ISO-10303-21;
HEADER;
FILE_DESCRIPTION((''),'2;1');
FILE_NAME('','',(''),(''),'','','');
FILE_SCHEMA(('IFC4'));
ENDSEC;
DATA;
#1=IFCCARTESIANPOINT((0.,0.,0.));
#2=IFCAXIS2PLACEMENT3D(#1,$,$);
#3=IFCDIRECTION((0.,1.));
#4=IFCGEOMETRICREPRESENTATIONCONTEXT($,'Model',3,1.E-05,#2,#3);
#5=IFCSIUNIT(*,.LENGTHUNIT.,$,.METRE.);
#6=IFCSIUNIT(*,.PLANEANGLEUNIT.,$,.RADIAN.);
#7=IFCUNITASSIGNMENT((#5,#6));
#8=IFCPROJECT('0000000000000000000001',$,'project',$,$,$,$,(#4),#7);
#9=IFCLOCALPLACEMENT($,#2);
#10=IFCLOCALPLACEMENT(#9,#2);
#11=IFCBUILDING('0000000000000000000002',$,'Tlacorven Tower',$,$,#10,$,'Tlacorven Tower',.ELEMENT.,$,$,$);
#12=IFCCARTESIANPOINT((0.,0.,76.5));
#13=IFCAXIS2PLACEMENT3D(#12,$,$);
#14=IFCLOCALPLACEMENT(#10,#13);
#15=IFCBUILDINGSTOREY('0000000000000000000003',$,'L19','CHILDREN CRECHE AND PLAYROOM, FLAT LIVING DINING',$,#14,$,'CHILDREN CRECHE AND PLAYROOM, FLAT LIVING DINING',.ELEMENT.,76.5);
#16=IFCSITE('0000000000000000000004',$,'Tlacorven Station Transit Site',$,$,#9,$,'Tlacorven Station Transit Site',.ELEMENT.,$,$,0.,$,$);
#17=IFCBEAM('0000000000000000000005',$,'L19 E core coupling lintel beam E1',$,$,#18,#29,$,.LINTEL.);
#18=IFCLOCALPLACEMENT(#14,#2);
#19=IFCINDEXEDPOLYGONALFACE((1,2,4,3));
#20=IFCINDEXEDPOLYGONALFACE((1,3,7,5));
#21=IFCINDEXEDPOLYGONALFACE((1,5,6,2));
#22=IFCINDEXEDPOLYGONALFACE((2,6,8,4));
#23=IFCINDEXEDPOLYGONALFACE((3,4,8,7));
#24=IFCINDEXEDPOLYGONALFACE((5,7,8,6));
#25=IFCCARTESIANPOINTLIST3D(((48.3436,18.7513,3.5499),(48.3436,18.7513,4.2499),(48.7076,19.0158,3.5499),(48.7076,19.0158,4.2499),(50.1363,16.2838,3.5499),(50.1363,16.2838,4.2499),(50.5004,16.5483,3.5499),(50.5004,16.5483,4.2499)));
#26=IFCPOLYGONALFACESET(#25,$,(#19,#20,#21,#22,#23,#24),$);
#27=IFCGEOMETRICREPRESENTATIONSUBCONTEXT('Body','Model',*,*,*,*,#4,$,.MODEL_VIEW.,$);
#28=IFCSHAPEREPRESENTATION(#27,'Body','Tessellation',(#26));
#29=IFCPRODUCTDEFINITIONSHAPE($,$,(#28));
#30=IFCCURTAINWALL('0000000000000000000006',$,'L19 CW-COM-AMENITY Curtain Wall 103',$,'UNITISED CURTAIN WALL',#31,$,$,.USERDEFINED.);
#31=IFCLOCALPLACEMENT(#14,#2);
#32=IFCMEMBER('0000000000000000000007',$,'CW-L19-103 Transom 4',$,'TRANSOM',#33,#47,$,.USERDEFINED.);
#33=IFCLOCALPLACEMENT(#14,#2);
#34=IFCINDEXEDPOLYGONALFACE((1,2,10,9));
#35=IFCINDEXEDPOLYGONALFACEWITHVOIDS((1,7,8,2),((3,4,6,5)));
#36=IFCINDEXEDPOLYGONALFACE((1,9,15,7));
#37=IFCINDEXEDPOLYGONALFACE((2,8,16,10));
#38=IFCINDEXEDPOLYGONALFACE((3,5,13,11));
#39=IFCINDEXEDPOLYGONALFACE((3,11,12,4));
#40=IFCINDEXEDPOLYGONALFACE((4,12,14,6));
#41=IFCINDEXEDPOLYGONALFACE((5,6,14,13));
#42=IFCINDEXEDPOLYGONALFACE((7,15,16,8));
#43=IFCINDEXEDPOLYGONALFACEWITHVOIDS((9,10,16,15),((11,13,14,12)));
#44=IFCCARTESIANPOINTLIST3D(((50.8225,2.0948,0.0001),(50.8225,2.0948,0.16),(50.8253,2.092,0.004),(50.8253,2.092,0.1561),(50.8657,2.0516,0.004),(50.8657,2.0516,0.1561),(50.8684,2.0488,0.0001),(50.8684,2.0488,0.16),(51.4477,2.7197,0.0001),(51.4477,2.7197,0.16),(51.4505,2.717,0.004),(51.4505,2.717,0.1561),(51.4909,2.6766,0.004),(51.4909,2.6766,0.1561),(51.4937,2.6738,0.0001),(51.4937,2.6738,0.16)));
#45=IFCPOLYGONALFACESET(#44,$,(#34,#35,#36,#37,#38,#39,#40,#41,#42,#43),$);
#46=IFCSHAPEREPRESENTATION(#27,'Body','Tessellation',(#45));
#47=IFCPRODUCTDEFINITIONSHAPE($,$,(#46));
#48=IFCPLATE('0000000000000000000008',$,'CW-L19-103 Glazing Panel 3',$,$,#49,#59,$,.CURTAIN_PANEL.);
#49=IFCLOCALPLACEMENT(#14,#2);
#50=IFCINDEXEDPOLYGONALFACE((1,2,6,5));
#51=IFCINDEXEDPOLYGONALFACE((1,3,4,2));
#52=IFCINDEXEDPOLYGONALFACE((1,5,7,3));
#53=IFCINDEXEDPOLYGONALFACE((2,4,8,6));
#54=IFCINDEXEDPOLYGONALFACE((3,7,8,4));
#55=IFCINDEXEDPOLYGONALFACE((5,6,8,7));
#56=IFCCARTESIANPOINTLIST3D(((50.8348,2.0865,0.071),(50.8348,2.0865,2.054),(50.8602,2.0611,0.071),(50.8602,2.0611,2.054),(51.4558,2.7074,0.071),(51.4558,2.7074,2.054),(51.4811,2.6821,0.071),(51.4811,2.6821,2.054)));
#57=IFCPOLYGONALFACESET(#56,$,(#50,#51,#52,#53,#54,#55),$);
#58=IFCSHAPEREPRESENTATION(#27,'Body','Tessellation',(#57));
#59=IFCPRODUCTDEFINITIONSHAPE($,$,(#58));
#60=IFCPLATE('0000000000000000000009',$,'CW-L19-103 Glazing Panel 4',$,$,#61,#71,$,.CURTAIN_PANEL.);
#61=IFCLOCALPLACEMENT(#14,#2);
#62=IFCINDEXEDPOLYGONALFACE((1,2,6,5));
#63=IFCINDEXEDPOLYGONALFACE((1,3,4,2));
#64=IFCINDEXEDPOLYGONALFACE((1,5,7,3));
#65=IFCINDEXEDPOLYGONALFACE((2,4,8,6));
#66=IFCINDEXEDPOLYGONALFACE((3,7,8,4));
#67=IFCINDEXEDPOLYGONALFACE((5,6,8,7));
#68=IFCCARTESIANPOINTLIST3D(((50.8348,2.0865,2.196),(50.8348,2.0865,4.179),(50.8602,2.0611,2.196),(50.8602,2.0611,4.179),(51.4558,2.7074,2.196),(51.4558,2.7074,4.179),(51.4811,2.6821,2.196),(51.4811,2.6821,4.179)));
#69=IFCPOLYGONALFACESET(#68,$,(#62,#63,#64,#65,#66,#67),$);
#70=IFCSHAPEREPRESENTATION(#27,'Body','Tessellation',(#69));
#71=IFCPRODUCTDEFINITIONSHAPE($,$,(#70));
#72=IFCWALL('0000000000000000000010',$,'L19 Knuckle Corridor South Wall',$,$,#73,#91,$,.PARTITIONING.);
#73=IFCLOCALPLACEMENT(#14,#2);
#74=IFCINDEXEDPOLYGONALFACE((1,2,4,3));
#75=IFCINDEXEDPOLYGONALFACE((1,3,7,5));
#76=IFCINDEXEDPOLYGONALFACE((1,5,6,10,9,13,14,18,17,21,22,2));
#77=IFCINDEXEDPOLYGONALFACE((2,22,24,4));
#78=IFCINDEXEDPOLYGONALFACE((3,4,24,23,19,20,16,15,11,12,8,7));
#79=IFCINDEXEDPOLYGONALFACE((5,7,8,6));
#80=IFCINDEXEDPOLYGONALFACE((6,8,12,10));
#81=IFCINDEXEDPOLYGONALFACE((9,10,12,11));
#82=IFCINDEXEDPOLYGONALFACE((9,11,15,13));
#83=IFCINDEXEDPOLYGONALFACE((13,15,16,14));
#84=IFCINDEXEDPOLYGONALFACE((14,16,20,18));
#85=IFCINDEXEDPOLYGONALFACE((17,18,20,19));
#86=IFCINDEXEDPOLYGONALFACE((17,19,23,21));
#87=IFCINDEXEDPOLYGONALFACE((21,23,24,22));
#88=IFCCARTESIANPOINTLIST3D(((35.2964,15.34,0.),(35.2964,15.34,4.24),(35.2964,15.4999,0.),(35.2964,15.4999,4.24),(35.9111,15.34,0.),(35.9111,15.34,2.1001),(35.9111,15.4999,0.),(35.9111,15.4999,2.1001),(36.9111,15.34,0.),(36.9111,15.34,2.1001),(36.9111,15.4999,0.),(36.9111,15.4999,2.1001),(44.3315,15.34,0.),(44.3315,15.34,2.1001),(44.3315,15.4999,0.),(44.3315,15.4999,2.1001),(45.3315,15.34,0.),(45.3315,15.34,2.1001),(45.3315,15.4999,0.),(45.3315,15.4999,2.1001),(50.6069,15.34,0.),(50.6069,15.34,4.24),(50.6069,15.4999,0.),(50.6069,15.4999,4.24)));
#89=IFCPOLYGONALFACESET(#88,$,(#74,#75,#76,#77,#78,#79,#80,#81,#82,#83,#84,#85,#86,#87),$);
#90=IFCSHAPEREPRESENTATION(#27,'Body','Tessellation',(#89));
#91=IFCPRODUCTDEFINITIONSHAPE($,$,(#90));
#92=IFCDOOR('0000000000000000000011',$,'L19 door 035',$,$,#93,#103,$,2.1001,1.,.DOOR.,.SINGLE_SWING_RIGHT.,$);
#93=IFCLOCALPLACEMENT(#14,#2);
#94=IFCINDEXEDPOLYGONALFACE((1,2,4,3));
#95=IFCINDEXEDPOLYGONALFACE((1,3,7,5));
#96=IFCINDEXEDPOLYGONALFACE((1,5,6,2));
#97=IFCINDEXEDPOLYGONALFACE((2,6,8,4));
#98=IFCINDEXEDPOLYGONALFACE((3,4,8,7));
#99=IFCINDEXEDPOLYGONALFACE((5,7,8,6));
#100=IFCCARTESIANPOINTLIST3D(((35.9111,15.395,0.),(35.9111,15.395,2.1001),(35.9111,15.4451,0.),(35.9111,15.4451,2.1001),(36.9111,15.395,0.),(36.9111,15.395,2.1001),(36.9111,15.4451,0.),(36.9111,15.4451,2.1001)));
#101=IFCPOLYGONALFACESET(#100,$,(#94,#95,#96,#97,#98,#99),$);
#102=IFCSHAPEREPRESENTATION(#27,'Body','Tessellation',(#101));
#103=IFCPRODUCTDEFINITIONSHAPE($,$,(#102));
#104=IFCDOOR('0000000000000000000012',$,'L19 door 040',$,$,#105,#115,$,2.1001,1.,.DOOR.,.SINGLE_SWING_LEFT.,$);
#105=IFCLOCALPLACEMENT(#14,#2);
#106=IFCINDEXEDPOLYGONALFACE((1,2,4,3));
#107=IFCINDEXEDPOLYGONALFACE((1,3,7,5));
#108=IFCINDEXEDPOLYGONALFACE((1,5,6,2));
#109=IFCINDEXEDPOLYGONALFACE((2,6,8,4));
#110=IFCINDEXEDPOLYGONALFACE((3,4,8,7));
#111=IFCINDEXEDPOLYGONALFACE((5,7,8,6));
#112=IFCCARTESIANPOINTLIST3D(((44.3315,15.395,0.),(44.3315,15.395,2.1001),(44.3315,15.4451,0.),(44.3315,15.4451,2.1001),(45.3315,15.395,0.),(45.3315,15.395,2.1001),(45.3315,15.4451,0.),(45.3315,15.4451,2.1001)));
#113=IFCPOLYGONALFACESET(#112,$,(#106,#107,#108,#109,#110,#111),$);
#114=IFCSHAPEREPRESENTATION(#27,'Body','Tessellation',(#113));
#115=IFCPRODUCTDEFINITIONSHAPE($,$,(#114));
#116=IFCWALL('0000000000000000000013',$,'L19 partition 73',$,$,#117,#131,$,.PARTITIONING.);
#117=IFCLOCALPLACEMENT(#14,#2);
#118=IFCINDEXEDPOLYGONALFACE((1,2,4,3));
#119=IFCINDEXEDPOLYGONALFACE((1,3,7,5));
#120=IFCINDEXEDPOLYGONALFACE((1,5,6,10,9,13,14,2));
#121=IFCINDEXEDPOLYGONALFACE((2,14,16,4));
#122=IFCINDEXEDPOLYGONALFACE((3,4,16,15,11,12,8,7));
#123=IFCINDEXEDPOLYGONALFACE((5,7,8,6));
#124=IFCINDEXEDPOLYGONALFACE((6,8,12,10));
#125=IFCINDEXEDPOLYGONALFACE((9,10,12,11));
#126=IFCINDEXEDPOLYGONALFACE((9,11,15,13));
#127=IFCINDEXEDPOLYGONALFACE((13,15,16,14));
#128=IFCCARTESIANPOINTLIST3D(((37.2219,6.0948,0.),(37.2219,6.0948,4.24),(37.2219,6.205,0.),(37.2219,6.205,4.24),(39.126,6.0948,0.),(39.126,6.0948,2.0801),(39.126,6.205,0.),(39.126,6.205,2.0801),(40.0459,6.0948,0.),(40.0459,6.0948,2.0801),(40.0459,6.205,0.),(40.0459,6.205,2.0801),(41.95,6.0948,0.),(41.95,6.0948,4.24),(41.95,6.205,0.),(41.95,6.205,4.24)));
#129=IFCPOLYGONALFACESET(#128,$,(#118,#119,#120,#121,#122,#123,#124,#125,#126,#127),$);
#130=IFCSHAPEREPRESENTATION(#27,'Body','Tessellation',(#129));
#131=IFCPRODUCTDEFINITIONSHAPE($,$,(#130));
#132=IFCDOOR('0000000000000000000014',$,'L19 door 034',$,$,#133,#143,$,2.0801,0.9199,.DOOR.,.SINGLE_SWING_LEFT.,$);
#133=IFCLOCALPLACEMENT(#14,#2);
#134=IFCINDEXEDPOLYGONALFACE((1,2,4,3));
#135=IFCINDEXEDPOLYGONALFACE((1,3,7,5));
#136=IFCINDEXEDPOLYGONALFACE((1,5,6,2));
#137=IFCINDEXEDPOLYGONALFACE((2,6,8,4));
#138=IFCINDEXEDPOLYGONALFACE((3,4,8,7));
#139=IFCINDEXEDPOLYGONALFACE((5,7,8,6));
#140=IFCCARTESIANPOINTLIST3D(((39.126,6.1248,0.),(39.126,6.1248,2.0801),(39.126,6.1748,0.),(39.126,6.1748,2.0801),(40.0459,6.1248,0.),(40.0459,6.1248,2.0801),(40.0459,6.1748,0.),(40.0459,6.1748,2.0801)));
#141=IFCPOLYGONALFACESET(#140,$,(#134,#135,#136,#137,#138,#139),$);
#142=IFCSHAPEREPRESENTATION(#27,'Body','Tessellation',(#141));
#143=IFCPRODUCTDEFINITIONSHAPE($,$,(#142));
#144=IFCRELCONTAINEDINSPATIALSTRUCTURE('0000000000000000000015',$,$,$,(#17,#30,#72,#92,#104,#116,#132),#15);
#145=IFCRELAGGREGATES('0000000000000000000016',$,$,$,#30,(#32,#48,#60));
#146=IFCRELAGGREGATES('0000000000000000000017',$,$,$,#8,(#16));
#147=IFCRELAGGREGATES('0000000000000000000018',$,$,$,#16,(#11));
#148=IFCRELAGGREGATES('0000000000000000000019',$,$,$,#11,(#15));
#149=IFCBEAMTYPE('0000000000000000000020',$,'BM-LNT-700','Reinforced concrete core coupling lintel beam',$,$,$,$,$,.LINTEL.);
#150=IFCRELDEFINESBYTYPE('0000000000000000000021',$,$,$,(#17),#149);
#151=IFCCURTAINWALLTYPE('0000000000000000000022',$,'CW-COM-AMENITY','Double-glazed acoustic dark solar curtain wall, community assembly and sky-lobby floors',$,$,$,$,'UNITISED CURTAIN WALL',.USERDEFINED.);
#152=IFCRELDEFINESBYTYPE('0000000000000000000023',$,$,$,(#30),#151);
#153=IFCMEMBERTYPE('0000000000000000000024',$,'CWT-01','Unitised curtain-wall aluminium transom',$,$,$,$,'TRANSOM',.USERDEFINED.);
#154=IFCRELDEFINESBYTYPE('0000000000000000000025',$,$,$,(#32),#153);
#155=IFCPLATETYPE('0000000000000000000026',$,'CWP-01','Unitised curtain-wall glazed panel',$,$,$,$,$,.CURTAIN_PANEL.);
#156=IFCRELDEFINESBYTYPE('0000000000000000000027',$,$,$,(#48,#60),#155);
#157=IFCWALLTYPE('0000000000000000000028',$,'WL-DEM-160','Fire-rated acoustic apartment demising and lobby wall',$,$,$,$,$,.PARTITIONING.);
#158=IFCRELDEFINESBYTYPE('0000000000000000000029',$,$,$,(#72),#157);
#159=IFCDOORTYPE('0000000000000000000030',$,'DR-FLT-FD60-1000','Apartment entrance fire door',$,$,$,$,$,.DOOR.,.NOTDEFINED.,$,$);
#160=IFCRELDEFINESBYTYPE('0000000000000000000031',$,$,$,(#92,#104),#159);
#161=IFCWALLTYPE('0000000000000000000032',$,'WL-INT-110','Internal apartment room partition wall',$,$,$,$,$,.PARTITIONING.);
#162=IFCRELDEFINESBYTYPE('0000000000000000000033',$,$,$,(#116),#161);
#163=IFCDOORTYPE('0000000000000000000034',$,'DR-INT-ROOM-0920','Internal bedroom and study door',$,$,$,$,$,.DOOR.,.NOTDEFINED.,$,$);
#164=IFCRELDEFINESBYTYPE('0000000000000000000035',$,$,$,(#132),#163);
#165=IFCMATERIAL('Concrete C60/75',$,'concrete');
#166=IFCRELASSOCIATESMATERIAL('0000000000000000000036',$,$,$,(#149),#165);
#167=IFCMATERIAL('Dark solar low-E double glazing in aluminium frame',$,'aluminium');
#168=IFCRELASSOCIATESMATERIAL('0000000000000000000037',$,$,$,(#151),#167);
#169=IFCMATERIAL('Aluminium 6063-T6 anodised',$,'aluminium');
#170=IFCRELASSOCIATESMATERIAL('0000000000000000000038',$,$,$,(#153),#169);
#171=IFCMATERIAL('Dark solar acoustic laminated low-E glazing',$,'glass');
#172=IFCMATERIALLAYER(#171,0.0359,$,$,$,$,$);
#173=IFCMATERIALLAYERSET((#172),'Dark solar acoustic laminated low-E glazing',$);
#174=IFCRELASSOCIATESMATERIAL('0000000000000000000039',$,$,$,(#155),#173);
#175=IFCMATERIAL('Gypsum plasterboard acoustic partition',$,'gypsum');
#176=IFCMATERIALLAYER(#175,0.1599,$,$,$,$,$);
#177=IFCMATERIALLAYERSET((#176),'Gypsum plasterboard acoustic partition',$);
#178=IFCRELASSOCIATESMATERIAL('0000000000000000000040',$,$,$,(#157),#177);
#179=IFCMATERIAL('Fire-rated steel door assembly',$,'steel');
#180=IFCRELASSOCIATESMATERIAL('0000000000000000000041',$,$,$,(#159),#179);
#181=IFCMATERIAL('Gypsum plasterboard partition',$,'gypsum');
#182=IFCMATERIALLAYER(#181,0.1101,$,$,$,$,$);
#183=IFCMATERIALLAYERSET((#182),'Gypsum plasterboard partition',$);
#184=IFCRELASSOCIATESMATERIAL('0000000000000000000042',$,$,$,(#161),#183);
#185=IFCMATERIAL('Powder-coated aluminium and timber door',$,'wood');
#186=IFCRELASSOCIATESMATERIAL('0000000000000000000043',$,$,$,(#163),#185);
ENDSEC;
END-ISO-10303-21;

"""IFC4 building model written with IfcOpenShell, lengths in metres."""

from ifc_helpers import new_model, si_unit, direction, frame, frame_2d, origin, origin_2d, place, context, subcontext, project, spatial, rectangle, hollow_rectangle, extrude, source, transform, mapped, material, layer, layer_set, material_profile, profile_set, type_object, element, fill, aggregate, save


model = new_model("IFC4")

# Units and contexts
model_context = context("Model", 3, precision=1e-05, world=origin(), true_north=direction((0.0, 1.0)))
body_context = subcontext(model_context, "Body", "Model", "MODEL_VIEW")
ifc_project = project(units=[si_unit("LENGTHUNIT", "METRE"), si_unit("PLANEANGLEUNIT", "RADIAN")], contexts=[model_context])

# Site, building, storey
site_placement = place(None, origin())
site = spatial("IfcSite", under=ifc_project, at=site_placement, Name="Tlacorven Station Transit Site", LongName="Tlacorven Station Transit Site", CompositionType="ELEMENT", RefElevation=0.0)
building_placement = place(site_placement, origin())
building = spatial("IfcBuilding", under=site, at=building_placement, Name="Tlacorven Tower", LongName="Tlacorven Tower", CompositionType="ELEMENT")
storey_placement = place(building_placement, frame((0.0, 0.0, 76.5)))
storey = spatial("IfcBuildingStorey", under=building, at=storey_placement, Name="L19", Description="CHILDREN CRECHE AND PLAYROOM, FLAT LIVING DINING", LongName="CHILDREN CRECHE AND PLAYROOM, FLAT LIVING DINING", CompositionType="ELEMENT", Elevation=76.5)

# Beam
ifc_material_1 = material(Name="Concrete C60/75", Category="concrete")
ifc_material_profile_1 = material_profile(ifc_material_1, rectangle(XDim=0.45, YDim=0.7, at=origin_2d()), Name="RC 450X700")
ifc_profile_set_1 = profile_set([ifc_material_profile_1], Name="Concrete C60/75")
beam_type = type_object("IfcBeamType", Name="BM-LNT-700", Description="Reinforced concrete core coupling lintel beam", PredefinedType="LINTEL", material=ifc_profile_set_1)
shared_shape_1 = source(origin(), body_context, "Body", "SweptSolid", [
    extrude(rectangle(XDim=0.45, YDim=0.7, at=origin_2d()), origin(), (0.0, 0.0, 1.0), 3.05),
])
beam_placement = place(storey_placement, frame((50.3184, 16.416, 3.8999), z_axis=(-0.587777, 0.809023, 0.0), x_axis=(-0.809023, -0.587777, 0.0)))
element("IfcBeam", 1, at=beam_placement, inside=storey, type_object=beam_type, Name="L19 E core coupling lintel beam E1", PredefinedType="LINTEL", context=body_context, shape_type="MappedRepresentation", body=[
    mapped(shared_shape_1, transform((0.0, 0.0, 0.0), scale=1.0)),
])

# Curtain wall, member, plates
ifc_material_2 = material(Name="Dark solar low-E double glazing in aluminium frame", Category="aluminium")
curtain_wall_type = type_object("IfcCurtainWallType", Name="CW-COM-AMENITY", Description="Double-glazed acoustic dark solar curtain wall, community assembly and sky-lobby floors", ElementType="UNITISED CURTAIN WALL", PredefinedType="USERDEFINED", material=ifc_material_2)
curtain_wall_placement = place(storey_placement, origin())
curtain_wall = element("IfcCurtainWall", 2, at=curtain_wall_placement, inside=storey, type_object=curtain_wall_type, Name="L19 CW-COM-AMENITY Curtain Wall 103", ObjectType="UNITISED CURTAIN WALL", PredefinedType="USERDEFINED")
ifc_material_3 = material(Name="Aluminium 6063-T6 anodised", Category="aluminium")
ifc_material_profile_2 = material_profile(ifc_material_3, hollow_rectangle(XDim=0.0649, YDim=0.1599, WallThickness=0.0039, at=origin_2d()), Name="ALU TRANSOM 65X160")
ifc_profile_set_2 = profile_set([ifc_material_profile_2], Name="Aluminium 6063-T6 anodised")
member_type = type_object("IfcMemberType", Name="CWT-01", Description="Unitised curtain-wall aluminium transom", ElementType="TRANSOM", PredefinedType="USERDEFINED", material=ifc_profile_set_2)
shared_shape_2 = source(origin(), body_context, "Body", "SweptSolid", [
    extrude(hollow_rectangle(XDim=0.0649, YDim=0.1599, WallThickness=0.0039, at=origin_2d()), origin(), (0.0, 0.0, 1.0), 0.884),
])
member_placement = place(storey_placement, frame((51.4707, 2.6968, 0.0801), z_axis=(-0.707245, -0.706969, 0.0), x_axis=(0.706969, -0.707245, 0.0)))
member = element("IfcMember", 3, at=member_placement, type_object=member_type, Name="CW-L19-103 Transom 4", ObjectType="TRANSOM", PredefinedType="USERDEFINED", context=body_context, shape_type="MappedRepresentation", body=[
    mapped(shared_shape_2, transform((0.0, 0.0, 0.0), scale=1.0)),
])
ifc_material_4 = material(Name="Dark solar acoustic laminated low-E glazing", Category="glass")
ifc_layer_1 = layer(ifc_material_4, 0.0359)
ifc_layer_set_1 = layer_set([ifc_layer_1], Name="Dark solar acoustic laminated low-E glazing")
plate_type = type_object("IfcPlateType", Name="CWP-01", Description="Unitised curtain-wall glazed panel", PredefinedType="CURTAIN_PANEL", material=ifc_layer_set_1)
shared_shape_3 = source(origin(), body_context, "Body", "SweptSolid", [
    extrude(rectangle(XDim=0.8782, YDim=0.0359, at=origin_2d()), origin(), (0.0, 0.0, 1.0), 1.9829),
])
plate_1_placement = place(storey_placement, frame((51.158, 2.3843, 0.071), z_axis=(0.0, 0.0, 1.0), x_axis=(-0.707107, -0.707107, 0.0)))
plate_1 = element("IfcPlate", 4, at=plate_1_placement, type_object=plate_type, Name="CW-L19-103 Glazing Panel 3", PredefinedType="CURTAIN_PANEL", context=body_context, shape_type="MappedRepresentation", body=[
    mapped(shared_shape_3, transform((0.0, 0.0, 0.0), scale=1.0)),
])
plate_2_placement = place(storey_placement, frame((51.158, 2.3843, 2.196), z_axis=(0.0, 0.0, 1.0), x_axis=(-0.707107, -0.707107, 0.0)))
plate_2 = element("IfcPlate", 5, at=plate_2_placement, type_object=plate_type, Name="CW-L19-103 Glazing Panel 4", PredefinedType="CURTAIN_PANEL", context=body_context, shape_type="MappedRepresentation", body=[
    mapped(shared_shape_3, transform((0.0, 0.0, 0.0), scale=1.0)),
])
aggregate(curtain_wall, [member, plate_1, plate_2])

# Wall, openings, doors
ifc_material_5 = material(Name="Gypsum plasterboard acoustic partition", Category="gypsum")
ifc_layer_2 = layer(ifc_material_5, 0.1599)
ifc_layer_set_2 = layer_set([ifc_layer_2], Name="Gypsum plasterboard acoustic partition")
wall_type_1 = type_object("IfcWallType", Name="WL-DEM-160", Description="Fire-rated acoustic apartment demising and lobby wall", PredefinedType="PARTITIONING", material=ifc_layer_set_2)
wall_1_placement = place(storey_placement, frame((35.2964, 15.4199, 0.0), z_axis=(0.0, 0.0, 1.0), x_axis=(1.0, 0.0, 0.0)))
wall_1 = element("IfcWall", 6, at=wall_1_placement, inside=storey, type_object=wall_type_1, Name="L19 Knuckle Corridor South Wall", PredefinedType="PARTITIONING", context=body_context, shape_type="SweptSolid", body=[
    extrude(rectangle(XDim=15.3105, YDim=0.1599, at=frame_2d((7.6553, 0.0))), origin(), (0.0, 0.0, 1.0), 4.24),
])
opening_1_placement = place(wall_1_placement, frame((0.6147, 0.0, 0.0)))
opening_1 = element("IfcOpeningElement", 7, at=opening_1_placement, cuts=wall_1, PredefinedType="OPENING", context=body_context, shape_type="SweptSolid", body=[
    extrude(rectangle(XDim=1.0, YDim=2.1001, at=frame_2d((0.5, 1.05))), frame((0.0, 0.0898, 0.0), z_axis=(0.0, -1.0, 0.0), x_axis=(1.0, 0.0, 0.0)), (0.0, 0.0, 1.0), 0.1799),
])
opening_2_placement = place(wall_1_placement, frame((9.0352, 0.0, 0.0)))
opening_2 = element("IfcOpeningElement", 8, at=opening_2_placement, cuts=wall_1, PredefinedType="OPENING", context=body_context, shape_type="SweptSolid", body=[
    extrude(rectangle(XDim=1.0, YDim=2.1001, at=frame_2d((0.5, 1.05))), frame((0.0, 0.0898, 0.0), z_axis=(0.0, -1.0, 0.0), x_axis=(1.0, 0.0, 0.0)), (0.0, 0.0, 1.0), 0.1799),
])
ifc_material_6 = material(Name="Fire-rated steel door assembly", Category="steel")
door_type_1 = type_object("IfcDoorType", Name="DR-FLT-FD60-1000", Description="Apartment entrance fire door", OperationType="NOTDEFINED", PredefinedType="DOOR", material=ifc_material_6)
shared_shape_4 = source(origin(), body_context, "Body", "SweptSolid", [
    extrude(rectangle(XDim=1.0, YDim=2.1001, at=frame_2d((0.5, 1.05))), frame((0.0, 0.0249, 0.0), z_axis=(0.0, -1.0, 0.0), x_axis=(1.0, 0.0, 0.0)), (0.0, 0.0, 1.0), 0.05),
])
door_1_placement = place(opening_1_placement, frame((1.0, 0.0, 0.0), z_axis=(0.0, 0.0, 1.0), x_axis=(-1.0, 0.0, 0.0)))
door_1 = element("IfcDoor", 9, at=door_1_placement, inside=storey, type_object=door_type_1, Name="L19 door 035", OperationType="SINGLE_SWING_RIGHT", OverallHeight=2.1001, OverallWidth=1.0, PredefinedType="DOOR", context=body_context, shape_type="MappedRepresentation", body=[
    mapped(shared_shape_4, transform((0.0, 0.0, 0.0), scale=1.0)),
])
fill(opening_1, door_1)
door_2_placement = place(opening_2_placement, frame((1.0, 0.0, 0.0), z_axis=(0.0, 0.0, 1.0), x_axis=(-1.0, 0.0, 0.0)))
door_2 = element("IfcDoor", 10, at=door_2_placement, inside=storey, type_object=door_type_1, Name="L19 door 040", OperationType="SINGLE_SWING_LEFT", OverallHeight=2.1001, OverallWidth=1.0, PredefinedType="DOOR", context=body_context, shape_type="MappedRepresentation", body=[
    mapped(shared_shape_4, transform((0.0, 0.0, 0.0), scale=1.0)),
])
fill(opening_2, door_2)

# Wall, opening, door
ifc_material_7 = material(Name="Gypsum plasterboard partition", Category="gypsum")
ifc_layer_3 = layer(ifc_material_7, 0.1101)
ifc_layer_set_3 = layer_set([ifc_layer_3], Name="Gypsum plasterboard partition")
wall_type_2 = type_object("IfcWallType", Name="WL-INT-110", Description="Internal apartment room partition wall", PredefinedType="PARTITIONING", material=ifc_layer_set_3)
wall_2_placement = place(storey_placement, frame((37.2219, 6.1499, 0.0), z_axis=(0.0, 0.0, 1.0), x_axis=(1.0, 0.0, 0.0)))
wall_2 = element("IfcWall", 11, at=wall_2_placement, inside=storey, type_object=wall_type_2, Name="L19 partition 73", PredefinedType="PARTITIONING", context=body_context, shape_type="SweptSolid", body=[
    extrude(rectangle(XDim=4.728, YDim=0.1101, at=frame_2d((2.364, 0.0))), origin(), (0.0, 0.0, 1.0), 4.24),
])
opening_3_placement = place(wall_2_placement, frame((1.9041, 0.0, 0.0)))
opening_3 = element("IfcOpeningElement", 12, at=opening_3_placement, cuts=wall_2, PredefinedType="OPENING", context=body_context, shape_type="SweptSolid", body=[
    extrude(rectangle(XDim=0.9199, YDim=2.0801, at=frame_2d((0.46, 1.04))), frame((0.0, 0.0649, 0.0), z_axis=(0.0, -1.0, 0.0), x_axis=(1.0, 0.0, 0.0)), (0.0, 0.0, 1.0), 0.1301),
])
ifc_material_8 = material(Name="Powder-coated aluminium and timber door", Category="wood")
door_type_2 = type_object("IfcDoorType", Name="DR-INT-ROOM-0920", Description="Internal bedroom and study door", OperationType="NOTDEFINED", PredefinedType="DOOR", material=ifc_material_8)
shared_shape_5 = source(origin(), body_context, "Body", "SweptSolid", [
    extrude(rectangle(XDim=0.9199, YDim=2.0801, at=frame_2d((0.46, 1.04))), frame((0.0, 0.0249, 0.0), z_axis=(0.0, -1.0, 0.0), x_axis=(1.0, 0.0, 0.0)), (0.0, 0.0, 1.0), 0.05),
])
door_3_placement = place(opening_3_placement, origin())
door_3 = element("IfcDoor", 13, at=door_3_placement, inside=storey, type_object=door_type_2, Name="L19 door 034", OperationType="SINGLE_SWING_LEFT", OverallHeight=2.0801, OverallWidth=0.9199, PredefinedType="DOOR", context=body_context, shape_type="MappedRepresentation", body=[
    mapped(shared_shape_5, transform((0.0, 0.0, 0.0), scale=1.0)),
])
fill(opening_3, door_3)

save(model, "model.ifc")
